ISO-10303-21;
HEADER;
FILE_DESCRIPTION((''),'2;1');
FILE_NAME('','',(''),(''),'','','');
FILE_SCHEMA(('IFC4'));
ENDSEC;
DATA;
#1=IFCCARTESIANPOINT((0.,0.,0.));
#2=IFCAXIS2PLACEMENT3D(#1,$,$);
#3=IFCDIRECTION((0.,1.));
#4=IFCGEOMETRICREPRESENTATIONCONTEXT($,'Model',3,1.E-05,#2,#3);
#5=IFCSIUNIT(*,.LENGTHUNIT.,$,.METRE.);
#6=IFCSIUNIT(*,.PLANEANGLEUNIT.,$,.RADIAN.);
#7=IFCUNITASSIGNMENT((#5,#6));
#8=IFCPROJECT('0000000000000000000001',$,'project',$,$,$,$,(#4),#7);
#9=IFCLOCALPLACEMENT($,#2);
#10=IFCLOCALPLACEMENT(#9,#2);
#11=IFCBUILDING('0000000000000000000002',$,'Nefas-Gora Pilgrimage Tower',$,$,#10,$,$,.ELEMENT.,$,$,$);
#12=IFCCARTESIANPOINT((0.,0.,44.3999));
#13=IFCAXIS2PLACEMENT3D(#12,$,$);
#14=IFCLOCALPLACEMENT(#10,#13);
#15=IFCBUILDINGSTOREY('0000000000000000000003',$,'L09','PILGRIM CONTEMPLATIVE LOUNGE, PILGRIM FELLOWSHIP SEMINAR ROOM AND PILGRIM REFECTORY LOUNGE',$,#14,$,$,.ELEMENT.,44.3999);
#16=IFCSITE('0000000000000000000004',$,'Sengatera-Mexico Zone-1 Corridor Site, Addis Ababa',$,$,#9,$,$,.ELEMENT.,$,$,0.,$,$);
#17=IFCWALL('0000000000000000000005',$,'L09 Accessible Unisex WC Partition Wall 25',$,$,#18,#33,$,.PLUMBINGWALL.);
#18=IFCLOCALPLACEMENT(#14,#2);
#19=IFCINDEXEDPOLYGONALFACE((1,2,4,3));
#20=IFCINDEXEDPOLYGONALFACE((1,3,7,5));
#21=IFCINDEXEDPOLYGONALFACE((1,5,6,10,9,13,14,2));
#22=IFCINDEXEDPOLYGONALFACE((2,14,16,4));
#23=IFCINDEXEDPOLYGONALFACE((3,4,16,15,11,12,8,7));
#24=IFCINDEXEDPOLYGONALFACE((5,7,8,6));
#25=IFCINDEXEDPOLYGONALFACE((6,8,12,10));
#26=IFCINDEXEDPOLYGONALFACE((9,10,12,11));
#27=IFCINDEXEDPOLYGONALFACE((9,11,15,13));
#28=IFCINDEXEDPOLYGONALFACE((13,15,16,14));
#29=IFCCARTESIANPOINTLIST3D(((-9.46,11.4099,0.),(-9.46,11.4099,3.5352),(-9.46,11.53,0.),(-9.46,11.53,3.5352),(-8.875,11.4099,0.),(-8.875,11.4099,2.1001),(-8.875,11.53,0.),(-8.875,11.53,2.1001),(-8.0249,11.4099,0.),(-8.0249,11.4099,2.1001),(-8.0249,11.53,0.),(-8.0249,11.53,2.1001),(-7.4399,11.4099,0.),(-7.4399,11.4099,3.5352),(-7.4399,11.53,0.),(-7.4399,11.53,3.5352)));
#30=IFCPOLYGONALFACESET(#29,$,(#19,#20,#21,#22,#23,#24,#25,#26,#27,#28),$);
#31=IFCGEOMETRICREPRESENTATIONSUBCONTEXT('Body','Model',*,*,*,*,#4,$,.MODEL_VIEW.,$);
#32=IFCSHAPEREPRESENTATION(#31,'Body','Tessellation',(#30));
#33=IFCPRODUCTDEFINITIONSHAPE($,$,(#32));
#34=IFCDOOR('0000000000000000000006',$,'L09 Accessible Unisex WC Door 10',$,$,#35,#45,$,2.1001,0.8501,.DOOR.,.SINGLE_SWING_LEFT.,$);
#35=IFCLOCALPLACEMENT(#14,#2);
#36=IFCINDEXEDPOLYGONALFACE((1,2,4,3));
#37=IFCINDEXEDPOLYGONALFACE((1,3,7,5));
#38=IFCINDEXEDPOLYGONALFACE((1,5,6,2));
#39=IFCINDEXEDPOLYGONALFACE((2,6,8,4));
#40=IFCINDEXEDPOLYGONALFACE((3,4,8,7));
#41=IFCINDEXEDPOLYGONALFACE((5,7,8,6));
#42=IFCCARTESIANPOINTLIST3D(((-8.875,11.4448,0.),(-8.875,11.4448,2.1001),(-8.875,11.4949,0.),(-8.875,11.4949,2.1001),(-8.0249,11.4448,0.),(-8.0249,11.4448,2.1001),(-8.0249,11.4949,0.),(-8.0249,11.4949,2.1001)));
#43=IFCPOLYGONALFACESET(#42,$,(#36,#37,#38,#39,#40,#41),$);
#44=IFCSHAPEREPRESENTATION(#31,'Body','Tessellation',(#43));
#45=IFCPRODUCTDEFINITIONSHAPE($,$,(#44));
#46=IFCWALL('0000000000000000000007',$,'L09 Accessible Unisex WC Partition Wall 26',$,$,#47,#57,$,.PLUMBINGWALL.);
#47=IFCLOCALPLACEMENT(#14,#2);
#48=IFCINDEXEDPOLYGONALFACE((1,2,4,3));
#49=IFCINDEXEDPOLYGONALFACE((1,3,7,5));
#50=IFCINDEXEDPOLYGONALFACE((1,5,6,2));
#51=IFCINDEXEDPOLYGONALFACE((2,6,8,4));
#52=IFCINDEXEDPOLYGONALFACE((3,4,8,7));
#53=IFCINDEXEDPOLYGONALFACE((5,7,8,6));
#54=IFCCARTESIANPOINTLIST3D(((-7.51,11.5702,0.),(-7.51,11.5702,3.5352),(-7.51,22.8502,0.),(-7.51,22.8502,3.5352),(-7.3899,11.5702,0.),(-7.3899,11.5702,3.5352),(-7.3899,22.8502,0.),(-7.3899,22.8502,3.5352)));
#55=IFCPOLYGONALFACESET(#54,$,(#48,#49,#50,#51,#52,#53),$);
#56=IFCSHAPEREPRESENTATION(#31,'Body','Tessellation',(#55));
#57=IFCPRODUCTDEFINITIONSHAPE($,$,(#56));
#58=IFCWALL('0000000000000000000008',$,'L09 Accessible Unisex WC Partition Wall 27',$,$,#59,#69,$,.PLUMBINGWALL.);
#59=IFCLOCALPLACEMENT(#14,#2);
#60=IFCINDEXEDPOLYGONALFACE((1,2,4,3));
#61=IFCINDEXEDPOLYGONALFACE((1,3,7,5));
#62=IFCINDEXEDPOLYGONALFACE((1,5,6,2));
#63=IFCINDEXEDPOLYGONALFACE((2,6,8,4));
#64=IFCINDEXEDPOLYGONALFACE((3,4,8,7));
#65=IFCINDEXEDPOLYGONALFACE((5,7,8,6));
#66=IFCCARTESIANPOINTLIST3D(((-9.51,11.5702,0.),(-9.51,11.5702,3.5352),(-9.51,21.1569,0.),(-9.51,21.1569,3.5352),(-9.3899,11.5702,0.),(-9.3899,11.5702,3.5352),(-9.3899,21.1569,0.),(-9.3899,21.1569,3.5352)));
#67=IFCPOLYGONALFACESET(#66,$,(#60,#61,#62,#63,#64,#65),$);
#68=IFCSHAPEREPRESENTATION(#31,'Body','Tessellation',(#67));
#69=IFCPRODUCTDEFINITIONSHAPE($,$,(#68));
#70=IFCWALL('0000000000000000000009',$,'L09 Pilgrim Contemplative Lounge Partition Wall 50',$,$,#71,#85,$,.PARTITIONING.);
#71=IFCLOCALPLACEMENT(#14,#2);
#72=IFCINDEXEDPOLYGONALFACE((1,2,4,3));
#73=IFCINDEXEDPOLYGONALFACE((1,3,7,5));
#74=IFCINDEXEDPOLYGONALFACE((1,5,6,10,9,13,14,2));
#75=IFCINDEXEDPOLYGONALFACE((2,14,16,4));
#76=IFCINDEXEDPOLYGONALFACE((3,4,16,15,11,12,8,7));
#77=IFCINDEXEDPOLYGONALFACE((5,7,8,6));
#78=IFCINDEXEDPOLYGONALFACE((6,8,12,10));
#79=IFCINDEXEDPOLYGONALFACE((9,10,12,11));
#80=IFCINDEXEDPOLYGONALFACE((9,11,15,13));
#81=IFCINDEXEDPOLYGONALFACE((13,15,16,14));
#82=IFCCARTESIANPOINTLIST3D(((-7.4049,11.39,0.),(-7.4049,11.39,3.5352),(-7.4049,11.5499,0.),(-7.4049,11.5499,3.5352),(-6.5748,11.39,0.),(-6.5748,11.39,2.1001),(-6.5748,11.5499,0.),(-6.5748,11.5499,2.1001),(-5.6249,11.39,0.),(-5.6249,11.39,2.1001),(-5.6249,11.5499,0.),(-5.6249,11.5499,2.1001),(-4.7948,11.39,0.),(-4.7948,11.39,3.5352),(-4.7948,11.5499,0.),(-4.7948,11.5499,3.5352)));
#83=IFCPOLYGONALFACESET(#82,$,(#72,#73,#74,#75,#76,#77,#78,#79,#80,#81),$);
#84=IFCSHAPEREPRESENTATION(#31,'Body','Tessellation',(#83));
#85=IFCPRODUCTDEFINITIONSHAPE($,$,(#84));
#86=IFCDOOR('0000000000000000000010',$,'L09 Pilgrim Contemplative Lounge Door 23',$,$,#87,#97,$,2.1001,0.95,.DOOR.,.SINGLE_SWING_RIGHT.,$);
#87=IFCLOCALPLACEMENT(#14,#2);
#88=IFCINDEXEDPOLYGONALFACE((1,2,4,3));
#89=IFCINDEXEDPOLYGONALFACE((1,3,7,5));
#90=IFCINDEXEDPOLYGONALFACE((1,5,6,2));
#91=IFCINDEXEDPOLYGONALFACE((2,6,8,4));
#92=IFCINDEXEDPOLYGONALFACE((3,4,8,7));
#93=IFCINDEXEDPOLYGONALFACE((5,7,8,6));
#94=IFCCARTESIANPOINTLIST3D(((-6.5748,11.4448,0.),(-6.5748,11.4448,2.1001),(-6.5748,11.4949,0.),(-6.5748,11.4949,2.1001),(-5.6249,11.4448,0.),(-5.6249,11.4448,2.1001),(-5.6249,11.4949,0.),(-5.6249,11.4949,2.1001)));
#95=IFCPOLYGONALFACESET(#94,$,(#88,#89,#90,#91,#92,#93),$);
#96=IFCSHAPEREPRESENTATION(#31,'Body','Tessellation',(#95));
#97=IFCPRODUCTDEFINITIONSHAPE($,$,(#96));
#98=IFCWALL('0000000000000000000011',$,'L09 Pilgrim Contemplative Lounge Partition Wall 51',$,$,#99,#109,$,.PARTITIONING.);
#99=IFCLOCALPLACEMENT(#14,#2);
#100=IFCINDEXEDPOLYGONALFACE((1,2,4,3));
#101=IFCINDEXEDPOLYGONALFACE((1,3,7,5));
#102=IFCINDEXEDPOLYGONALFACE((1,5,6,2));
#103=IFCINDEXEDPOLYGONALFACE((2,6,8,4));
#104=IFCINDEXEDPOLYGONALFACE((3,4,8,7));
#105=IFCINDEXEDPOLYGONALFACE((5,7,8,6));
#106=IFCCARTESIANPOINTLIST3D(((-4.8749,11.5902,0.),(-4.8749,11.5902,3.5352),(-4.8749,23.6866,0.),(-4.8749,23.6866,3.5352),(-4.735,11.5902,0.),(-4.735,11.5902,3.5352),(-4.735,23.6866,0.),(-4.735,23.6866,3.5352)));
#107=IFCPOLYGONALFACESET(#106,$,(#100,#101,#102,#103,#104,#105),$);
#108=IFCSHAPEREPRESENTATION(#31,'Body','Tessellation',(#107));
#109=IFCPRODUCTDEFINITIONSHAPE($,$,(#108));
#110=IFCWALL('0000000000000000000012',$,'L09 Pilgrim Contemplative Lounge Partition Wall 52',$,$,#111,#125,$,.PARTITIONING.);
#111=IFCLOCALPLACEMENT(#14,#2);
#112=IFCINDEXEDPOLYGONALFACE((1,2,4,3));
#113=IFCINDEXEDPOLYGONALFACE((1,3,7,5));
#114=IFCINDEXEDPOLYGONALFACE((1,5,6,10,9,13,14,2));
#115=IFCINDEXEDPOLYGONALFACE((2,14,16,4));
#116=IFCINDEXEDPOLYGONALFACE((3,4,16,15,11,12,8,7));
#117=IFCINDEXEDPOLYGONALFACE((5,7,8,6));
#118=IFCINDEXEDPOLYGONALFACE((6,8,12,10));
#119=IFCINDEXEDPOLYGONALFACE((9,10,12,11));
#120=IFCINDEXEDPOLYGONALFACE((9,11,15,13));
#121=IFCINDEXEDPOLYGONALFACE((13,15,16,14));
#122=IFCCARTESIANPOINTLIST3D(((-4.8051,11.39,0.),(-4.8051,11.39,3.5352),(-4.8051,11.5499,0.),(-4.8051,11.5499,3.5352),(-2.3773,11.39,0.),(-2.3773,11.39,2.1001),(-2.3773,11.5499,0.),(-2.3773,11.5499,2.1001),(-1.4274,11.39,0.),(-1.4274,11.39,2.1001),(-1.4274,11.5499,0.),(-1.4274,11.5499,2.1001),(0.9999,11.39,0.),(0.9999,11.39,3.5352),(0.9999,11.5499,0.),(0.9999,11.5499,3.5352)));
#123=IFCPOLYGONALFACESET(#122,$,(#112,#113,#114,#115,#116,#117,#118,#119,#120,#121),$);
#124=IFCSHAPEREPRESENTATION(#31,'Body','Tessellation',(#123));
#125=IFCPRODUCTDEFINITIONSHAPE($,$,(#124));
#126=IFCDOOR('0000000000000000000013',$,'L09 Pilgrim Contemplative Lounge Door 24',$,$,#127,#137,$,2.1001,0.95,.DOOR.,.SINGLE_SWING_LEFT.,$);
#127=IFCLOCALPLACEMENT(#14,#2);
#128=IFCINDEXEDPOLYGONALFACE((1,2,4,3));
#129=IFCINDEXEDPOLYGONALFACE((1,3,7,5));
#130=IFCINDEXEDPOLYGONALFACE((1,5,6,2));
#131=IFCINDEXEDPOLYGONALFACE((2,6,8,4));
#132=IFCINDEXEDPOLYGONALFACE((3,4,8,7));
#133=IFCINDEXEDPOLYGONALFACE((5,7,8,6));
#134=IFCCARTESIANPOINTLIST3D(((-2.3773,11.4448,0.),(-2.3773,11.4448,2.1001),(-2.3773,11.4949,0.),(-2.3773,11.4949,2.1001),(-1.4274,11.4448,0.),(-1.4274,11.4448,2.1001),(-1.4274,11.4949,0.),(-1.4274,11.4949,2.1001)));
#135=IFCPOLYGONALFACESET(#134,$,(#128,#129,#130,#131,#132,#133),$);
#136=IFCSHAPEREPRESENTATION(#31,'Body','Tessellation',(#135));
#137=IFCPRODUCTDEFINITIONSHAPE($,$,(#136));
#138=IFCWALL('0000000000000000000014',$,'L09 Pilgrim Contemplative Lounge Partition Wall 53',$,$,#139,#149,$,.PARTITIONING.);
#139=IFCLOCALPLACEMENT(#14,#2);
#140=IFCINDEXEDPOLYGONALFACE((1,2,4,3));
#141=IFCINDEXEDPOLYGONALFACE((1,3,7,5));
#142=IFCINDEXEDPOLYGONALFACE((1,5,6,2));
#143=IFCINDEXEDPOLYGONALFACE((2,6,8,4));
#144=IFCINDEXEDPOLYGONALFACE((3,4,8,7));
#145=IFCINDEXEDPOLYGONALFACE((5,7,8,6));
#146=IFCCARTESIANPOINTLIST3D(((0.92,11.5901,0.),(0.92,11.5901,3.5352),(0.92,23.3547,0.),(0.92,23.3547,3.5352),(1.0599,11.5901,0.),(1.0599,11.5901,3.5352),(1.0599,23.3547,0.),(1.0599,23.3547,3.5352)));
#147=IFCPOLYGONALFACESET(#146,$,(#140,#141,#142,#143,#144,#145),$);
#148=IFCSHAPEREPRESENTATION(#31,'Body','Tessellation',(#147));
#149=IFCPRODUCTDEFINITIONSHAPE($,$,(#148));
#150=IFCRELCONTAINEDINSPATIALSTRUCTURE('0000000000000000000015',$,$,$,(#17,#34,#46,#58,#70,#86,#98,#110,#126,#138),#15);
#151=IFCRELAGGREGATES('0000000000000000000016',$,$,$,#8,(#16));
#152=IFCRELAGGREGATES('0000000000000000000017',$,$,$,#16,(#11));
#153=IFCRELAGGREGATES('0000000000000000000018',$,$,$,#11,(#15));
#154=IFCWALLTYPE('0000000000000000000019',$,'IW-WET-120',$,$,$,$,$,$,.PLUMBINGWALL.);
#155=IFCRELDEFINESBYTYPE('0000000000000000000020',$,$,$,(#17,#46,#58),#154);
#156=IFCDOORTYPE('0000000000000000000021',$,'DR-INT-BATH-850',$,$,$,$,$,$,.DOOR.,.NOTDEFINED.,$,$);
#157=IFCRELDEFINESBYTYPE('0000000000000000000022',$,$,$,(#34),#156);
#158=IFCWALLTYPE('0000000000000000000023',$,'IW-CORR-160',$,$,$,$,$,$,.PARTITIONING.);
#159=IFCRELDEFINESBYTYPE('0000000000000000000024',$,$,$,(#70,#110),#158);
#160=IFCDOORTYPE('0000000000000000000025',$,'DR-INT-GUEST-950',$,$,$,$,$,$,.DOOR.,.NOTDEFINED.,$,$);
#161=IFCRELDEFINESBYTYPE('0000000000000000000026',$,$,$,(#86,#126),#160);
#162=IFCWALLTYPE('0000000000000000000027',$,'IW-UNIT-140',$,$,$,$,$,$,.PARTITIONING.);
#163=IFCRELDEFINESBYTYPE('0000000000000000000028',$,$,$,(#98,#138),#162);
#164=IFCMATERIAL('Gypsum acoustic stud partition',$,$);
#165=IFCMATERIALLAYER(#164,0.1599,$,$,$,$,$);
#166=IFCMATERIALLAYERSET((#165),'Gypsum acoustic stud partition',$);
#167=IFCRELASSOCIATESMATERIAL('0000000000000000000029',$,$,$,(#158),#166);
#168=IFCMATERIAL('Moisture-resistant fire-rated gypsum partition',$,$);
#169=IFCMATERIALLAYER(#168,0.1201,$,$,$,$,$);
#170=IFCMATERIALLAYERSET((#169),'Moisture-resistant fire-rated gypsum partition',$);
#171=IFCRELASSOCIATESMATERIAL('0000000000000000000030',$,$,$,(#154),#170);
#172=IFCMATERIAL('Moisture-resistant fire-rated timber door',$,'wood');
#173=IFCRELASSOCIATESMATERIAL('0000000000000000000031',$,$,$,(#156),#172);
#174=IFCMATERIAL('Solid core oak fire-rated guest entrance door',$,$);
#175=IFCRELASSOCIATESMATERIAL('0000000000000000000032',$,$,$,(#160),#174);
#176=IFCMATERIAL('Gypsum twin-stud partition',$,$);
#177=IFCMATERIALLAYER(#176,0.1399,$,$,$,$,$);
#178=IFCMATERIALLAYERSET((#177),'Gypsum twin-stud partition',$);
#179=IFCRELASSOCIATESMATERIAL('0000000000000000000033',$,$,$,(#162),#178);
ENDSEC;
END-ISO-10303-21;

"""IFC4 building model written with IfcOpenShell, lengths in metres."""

from ifc_helpers import new_model, si_unit, direction, frame, frame_2d, origin, place, context, subcontext, project, spatial, rectangle, extrude, source, transform, mapped, material, layer, layer_set, type_object, element, fill, save


model = new_model("IFC4")

# Units and contexts
model_context = context("Model", 3, precision=1e-05, world=origin(), true_north=direction((0.0, 1.0)))
body_context = subcontext(model_context, "Body", "Model", "MODEL_VIEW")
ifc_project = project(units=[si_unit("LENGTHUNIT", "METRE"), si_unit("PLANEANGLEUNIT", "RADIAN")], contexts=[model_context])

# Site, building, storey
site_placement = place(None, origin())
site = spatial("IfcSite", under=ifc_project, at=site_placement, Name="Sengatera-Mexico Zone-1 Corridor Site, Addis Ababa", CompositionType="ELEMENT", RefElevation=0.0)
building_placement = place(site_placement, origin())
building = spatial("IfcBuilding", under=site, at=building_placement, Name="Nefas-Gora Pilgrimage Tower", CompositionType="ELEMENT")
storey_placement = place(building_placement, frame((0.0, 0.0, 44.3999)))
storey = spatial("IfcBuildingStorey", under=building, at=storey_placement, Name="L09", Description="PILGRIM CONTEMPLATIVE LOUNGE, PILGRIM FELLOWSHIP SEMINAR ROOM AND PILGRIM REFECTORY LOUNGE", CompositionType="ELEMENT", Elevation=44.3999)

# Wall, opening, door
ifc_material_1 = material(Name="Gypsum acoustic stud partition")
ifc_layer_1 = layer(ifc_material_1, 0.1599)
ifc_layer_set_1 = layer_set([ifc_layer_1], Name="Gypsum acoustic stud partition")
wall_type_1 = type_object("IfcWallType", Name="IW-CORR-160", PredefinedType="PARTITIONING", material=ifc_layer_set_1)
ifc_material_2 = material(Name="Moisture-resistant fire-rated gypsum partition")
ifc_layer_2 = layer(ifc_material_2, 0.1201)
ifc_layer_set_2 = layer_set([ifc_layer_2], Name="Moisture-resistant fire-rated gypsum partition")
wall_type_2 = type_object("IfcWallType", Name="IW-WET-120", PredefinedType="PLUMBINGWALL", material=ifc_layer_set_2)
shared_shape_1 = source(origin(), body_context, "Body", "SweptSolid", [
    extrude(rectangle(XDim=2.02, YDim=0.1201, at=frame_2d((1.01, 0.0))), origin(), (0.0, 0.0, 1.0), 3.5352),
])
wall_1_placement = place(storey_placement, frame((-9.46, 11.47, 0.0), z_axis=(0.0, 0.0, 1.0), x_axis=(1.0, 0.0, 0.0)))
wall_1 = element("IfcWall", 1, at=wall_1_placement, inside=storey, type_object=wall_type_2, Name="L09 Accessible Unisex WC Partition Wall 25", PredefinedType="PLUMBINGWALL", context=body_context, shape_type="MappedRepresentation", body=[
    mapped(shared_shape_1, transform((0.0, 0.0, 0.0), x_axis=(1.0, 0.0, 0.0), y_axis=(0.0, 1.0, 0.0), z_axis=(0.0, 0.0, 1.0), scale=1.0)),
])
opening_1_placement = place(wall_1_placement, frame((0.585, 0.0, 0.0)))
opening_1 = element("IfcOpeningElement", 2, at=opening_1_placement, cuts=wall_1, PredefinedType="OPENING", context=body_context, shape_type="SweptSolid", body=[
    extrude(rectangle(XDim=0.8501, YDim=2.1001, at=frame_2d((0.425, 1.05))), frame((0.0, 0.0701, 0.0), z_axis=(0.0, -1.0, 0.0), x_axis=(1.0, 0.0, 0.0)), (0.0, 0.0, 1.0), 0.1401),
])
ifc_material_3 = material(Name="Moisture-resistant fire-rated timber door", Category="wood")
door_type_1 = type_object("IfcDoorType", Name="DR-INT-BATH-850", OperationType="NOTDEFINED", PredefinedType="DOOR", material=ifc_material_3)
shared_shape_2 = source(origin(), body_context, "Body", "SweptSolid", [
    extrude(rectangle(XDim=0.8501, YDim=2.1001, at=frame_2d((0.425, 1.05))), frame((0.0, 0.0249, 0.0), z_axis=(0.0, -1.0, 0.0), x_axis=(1.0, 0.0, 0.0)), (0.0, 0.0, 1.0), 0.05),
])
door_1_placement = place(opening_1_placement, origin())
door_1 = element("IfcDoor", 3, at=door_1_placement, inside=storey, type_object=door_type_1, Name="L09 Accessible Unisex WC Door 10", OperationType="SINGLE_SWING_LEFT", OverallHeight=2.1001, OverallWidth=0.8501, PredefinedType="DOOR", context=body_context, shape_type="MappedRepresentation", body=[
    mapped(shared_shape_2, transform((0.0, 0.0, 0.0), x_axis=(1.0, 0.0, 0.0), y_axis=(0.0, 1.0, 0.0), z_axis=(0.0, 0.0, 1.0), scale=1.0)),
])
fill(opening_1, door_1)

# Walls
shared_shape_3 = source(origin(), body_context, "Body", "SweptSolid", [
    extrude(rectangle(XDim=11.28, YDim=0.1201, at=frame_2d((5.6401, 0.0))), origin(), (0.0, 0.0, 1.0), 3.5352),
])
wall_2_placement = place(storey_placement, frame((-7.45, 11.5701, 0.0), z_axis=(0.0, 0.0, 1.0), x_axis=(0.0, 1.0, 0.0)))
element("IfcWall", 4, at=wall_2_placement, inside=storey, type_object=wall_type_2, Name="L09 Accessible Unisex WC Partition Wall 26", PredefinedType="PLUMBINGWALL", context=body_context, shape_type="MappedRepresentation", body=[
    mapped(shared_shape_3, transform((0.0, 0.0, 0.0), x_axis=(1.0, 0.0, 0.0), y_axis=(0.0, 1.0, 0.0), z_axis=(0.0, 0.0, 1.0), scale=1.0)),
])
shared_shape_4 = source(origin(), body_context, "Body", "SweptSolid", [
    extrude(rectangle(XDim=9.5867, YDim=0.1201, at=frame_2d((4.7935, 0.0))), origin(), (0.0, 0.0, 1.0), 3.5352),
])
wall_3_placement = place(storey_placement, frame((-9.45, 11.5701, 0.0), z_axis=(0.0, 0.0, 1.0), x_axis=(0.0, 1.0, 0.0)))
element("IfcWall", 5, at=wall_3_placement, inside=storey, type_object=wall_type_2, Name="L09 Accessible Unisex WC Partition Wall 27", PredefinedType="PLUMBINGWALL", context=body_context, shape_type="MappedRepresentation", body=[
    mapped(shared_shape_4, transform((0.0, 0.0, 0.0), x_axis=(1.0, 0.0, 0.0), y_axis=(0.0, 1.0, 0.0), z_axis=(0.0, 0.0, 1.0), scale=1.0)),
])

# Wall, opening, door
shared_shape_5 = source(origin(), body_context, "Body", "SweptSolid", [
    extrude(rectangle(XDim=2.6101, YDim=0.1599, at=frame_2d((1.3052, 0.0))), origin(), (0.0, 0.0, 1.0), 3.5352),
])
wall_4_placement = place(storey_placement, frame((-7.405, 11.47, 0.0), z_axis=(0.0, 0.0, 1.0), x_axis=(1.0, 0.0, 0.0)))
wall_4 = element("IfcWall", 6, at=wall_4_placement, inside=storey, type_object=wall_type_1, Name="L09 Pilgrim Contemplative Lounge Partition Wall 50", PredefinedType="PARTITIONING", context=body_context, shape_type="MappedRepresentation", body=[
    mapped(shared_shape_5, transform((0.0, 0.0, 0.0), x_axis=(1.0, 0.0, 0.0), y_axis=(0.0, 1.0, 0.0), z_axis=(0.0, 0.0, 1.0), scale=1.0)),
])
opening_2_placement = place(wall_4_placement, frame((0.8301, 0.0, 0.0)))
opening_2 = element("IfcOpeningElement", 7, at=opening_2_placement, cuts=wall_4, PredefinedType="OPENING", context=body_context, shape_type="SweptSolid", body=[
    extrude(rectangle(XDim=0.95, YDim=2.1001, at=frame_2d((0.4751, 1.05))), frame((0.0, 0.0898, 0.0), z_axis=(0.0, -1.0, 0.0), x_axis=(1.0, 0.0, 0.0)), (0.0, 0.0, 1.0), 0.1799),
])
ifc_material_4 = material(Name="Solid core oak fire-rated guest entrance door")
door_type_2 = type_object("IfcDoorType", Name="DR-INT-GUEST-950", OperationType="NOTDEFINED", PredefinedType="DOOR", material=ifc_material_4)
shared_shape_6 = source(origin(), body_context, "Body", "SweptSolid", [
    extrude(rectangle(XDim=0.95, YDim=2.1001, at=frame_2d((0.4751, 1.05))), frame((0.0, 0.0249, 0.0), z_axis=(0.0, -1.0, 0.0), x_axis=(1.0, 0.0, 0.0)), (0.0, 0.0, 1.0), 0.05),
])
door_2_placement = place(opening_2_placement, origin())
door_2 = element("IfcDoor", 8, at=door_2_placement, inside=storey, type_object=door_type_2, Name="L09 Pilgrim Contemplative Lounge Door 23", OperationType="SINGLE_SWING_RIGHT", OverallHeight=2.1001, OverallWidth=0.95, PredefinedType="DOOR", context=body_context, shape_type="MappedRepresentation", body=[
    mapped(shared_shape_6, transform((0.0, 0.0, 0.0), x_axis=(1.0, 0.0, 0.0), y_axis=(0.0, 1.0, 0.0), z_axis=(0.0, 0.0, 1.0), scale=1.0)),
])
fill(opening_2, door_2)

# Wall
ifc_material_5 = material(Name="Gypsum twin-stud partition")
ifc_layer_3 = layer(ifc_material_5, 0.1399)
ifc_layer_set_3 = layer_set([ifc_layer_3], Name="Gypsum twin-stud partition")
wall_type_3 = type_object("IfcWallType", Name="IW-UNIT-140", PredefinedType="PARTITIONING", material=ifc_layer_set_3)
shared_shape_7 = source(origin(), body_context, "Body", "SweptSolid", [
    extrude(rectangle(XDim=12.0964, YDim=0.1399, at=frame_2d((6.0483, 0.0))), origin(), (0.0, 0.0, 1.0), 3.5352),
])
wall_5_placement = place(storey_placement, frame((-4.8049, 11.5901, 0.0), z_axis=(0.0, 0.0, 1.0), x_axis=(0.0, 1.0, 0.0)))
element("IfcWall", 9, at=wall_5_placement, inside=storey, type_object=wall_type_3, Name="L09 Pilgrim Contemplative Lounge Partition Wall 51", PredefinedType="PARTITIONING", context=body_context, shape_type="MappedRepresentation", body=[
    mapped(shared_shape_7, transform((0.0, 0.0, 0.0), x_axis=(1.0, 0.0, 0.0), y_axis=(0.0, 1.0, 0.0), z_axis=(0.0, 0.0, 1.0), scale=1.0)),
])

# Wall, opening, door
shared_shape_8 = source(origin(), body_context, "Body", "SweptSolid", [
    extrude(rectangle(XDim=5.8049, YDim=0.1599, at=frame_2d((2.9023, 0.0))), origin(), (0.0, 0.0, 1.0), 3.5352),
])
wall_6_placement = place(storey_placement, frame((-4.8049, 11.47, 0.0), z_axis=(0.0, 0.0, 1.0), x_axis=(1.0, 0.0, 0.0)))
wall_6 = element("IfcWall", 10, at=wall_6_placement, inside=storey, type_object=wall_type_1, Name="L09 Pilgrim Contemplative Lounge Partition Wall 52", PredefinedType="PARTITIONING", context=body_context, shape_type="MappedRepresentation", body=[
    mapped(shared_shape_8, transform((0.0, 0.0, 0.0), x_axis=(1.0, 0.0, 0.0), y_axis=(0.0, 1.0, 0.0), z_axis=(0.0, 0.0, 1.0), scale=1.0)),
])
opening_3_placement = place(wall_6_placement, frame((2.4275, 0.0, 0.0)))
opening_3 = element("IfcOpeningElement", 11, at=opening_3_placement, cuts=wall_6, PredefinedType="OPENING", context=body_context, shape_type="SweptSolid", body=[
    extrude(rectangle(XDim=0.95, YDim=2.1001, at=frame_2d((0.4751, 1.05))), frame((0.0, 0.0898, 0.0), z_axis=(0.0, -1.0, 0.0), x_axis=(1.0, 0.0, 0.0)), (0.0, 0.0, 1.0), 0.1799),
])
door_3_placement = place(opening_3_placement, origin())
door_3 = element("IfcDoor", 12, at=door_3_placement, inside=storey, type_object=door_type_2, Name="L09 Pilgrim Contemplative Lounge Door 24", OperationType="SINGLE_SWING_LEFT", OverallHeight=2.1001, OverallWidth=0.95, PredefinedType="DOOR", context=body_context, shape_type="MappedRepresentation", body=[
    mapped(shared_shape_6, transform((0.0, 0.0, 0.0), x_axis=(1.0, 0.0, 0.0), y_axis=(0.0, 1.0, 0.0), z_axis=(0.0, 0.0, 1.0), scale=1.0)),
])
fill(opening_3, door_3)

# Wall
shared_shape_9 = source(origin(), body_context, "Body", "SweptSolid", [
    extrude(rectangle(XDim=11.7646, YDim=0.1399, at=frame_2d((5.8823, 0.0))), origin(), (0.0, 0.0, 1.0), 3.5352),
])
wall_7_placement = place(storey_placement, frame((0.99, 11.5901, 0.0), z_axis=(0.0, 0.0, 1.0), x_axis=(0.0, 1.0, 0.0)))
element("IfcWall", 13, at=wall_7_placement, inside=storey, type_object=wall_type_3, Name="L09 Pilgrim Contemplative Lounge Partition Wall 53", PredefinedType="PARTITIONING", context=body_context, shape_type="MappedRepresentation", body=[
    mapped(shared_shape_9, transform((0.0, 0.0, 0.0), x_axis=(1.0, 0.0, 0.0), y_axis=(0.0, 1.0, 0.0), z_axis=(0.0, 0.0, 1.0), scale=1.0)),
])

save(model, "model.ifc")
